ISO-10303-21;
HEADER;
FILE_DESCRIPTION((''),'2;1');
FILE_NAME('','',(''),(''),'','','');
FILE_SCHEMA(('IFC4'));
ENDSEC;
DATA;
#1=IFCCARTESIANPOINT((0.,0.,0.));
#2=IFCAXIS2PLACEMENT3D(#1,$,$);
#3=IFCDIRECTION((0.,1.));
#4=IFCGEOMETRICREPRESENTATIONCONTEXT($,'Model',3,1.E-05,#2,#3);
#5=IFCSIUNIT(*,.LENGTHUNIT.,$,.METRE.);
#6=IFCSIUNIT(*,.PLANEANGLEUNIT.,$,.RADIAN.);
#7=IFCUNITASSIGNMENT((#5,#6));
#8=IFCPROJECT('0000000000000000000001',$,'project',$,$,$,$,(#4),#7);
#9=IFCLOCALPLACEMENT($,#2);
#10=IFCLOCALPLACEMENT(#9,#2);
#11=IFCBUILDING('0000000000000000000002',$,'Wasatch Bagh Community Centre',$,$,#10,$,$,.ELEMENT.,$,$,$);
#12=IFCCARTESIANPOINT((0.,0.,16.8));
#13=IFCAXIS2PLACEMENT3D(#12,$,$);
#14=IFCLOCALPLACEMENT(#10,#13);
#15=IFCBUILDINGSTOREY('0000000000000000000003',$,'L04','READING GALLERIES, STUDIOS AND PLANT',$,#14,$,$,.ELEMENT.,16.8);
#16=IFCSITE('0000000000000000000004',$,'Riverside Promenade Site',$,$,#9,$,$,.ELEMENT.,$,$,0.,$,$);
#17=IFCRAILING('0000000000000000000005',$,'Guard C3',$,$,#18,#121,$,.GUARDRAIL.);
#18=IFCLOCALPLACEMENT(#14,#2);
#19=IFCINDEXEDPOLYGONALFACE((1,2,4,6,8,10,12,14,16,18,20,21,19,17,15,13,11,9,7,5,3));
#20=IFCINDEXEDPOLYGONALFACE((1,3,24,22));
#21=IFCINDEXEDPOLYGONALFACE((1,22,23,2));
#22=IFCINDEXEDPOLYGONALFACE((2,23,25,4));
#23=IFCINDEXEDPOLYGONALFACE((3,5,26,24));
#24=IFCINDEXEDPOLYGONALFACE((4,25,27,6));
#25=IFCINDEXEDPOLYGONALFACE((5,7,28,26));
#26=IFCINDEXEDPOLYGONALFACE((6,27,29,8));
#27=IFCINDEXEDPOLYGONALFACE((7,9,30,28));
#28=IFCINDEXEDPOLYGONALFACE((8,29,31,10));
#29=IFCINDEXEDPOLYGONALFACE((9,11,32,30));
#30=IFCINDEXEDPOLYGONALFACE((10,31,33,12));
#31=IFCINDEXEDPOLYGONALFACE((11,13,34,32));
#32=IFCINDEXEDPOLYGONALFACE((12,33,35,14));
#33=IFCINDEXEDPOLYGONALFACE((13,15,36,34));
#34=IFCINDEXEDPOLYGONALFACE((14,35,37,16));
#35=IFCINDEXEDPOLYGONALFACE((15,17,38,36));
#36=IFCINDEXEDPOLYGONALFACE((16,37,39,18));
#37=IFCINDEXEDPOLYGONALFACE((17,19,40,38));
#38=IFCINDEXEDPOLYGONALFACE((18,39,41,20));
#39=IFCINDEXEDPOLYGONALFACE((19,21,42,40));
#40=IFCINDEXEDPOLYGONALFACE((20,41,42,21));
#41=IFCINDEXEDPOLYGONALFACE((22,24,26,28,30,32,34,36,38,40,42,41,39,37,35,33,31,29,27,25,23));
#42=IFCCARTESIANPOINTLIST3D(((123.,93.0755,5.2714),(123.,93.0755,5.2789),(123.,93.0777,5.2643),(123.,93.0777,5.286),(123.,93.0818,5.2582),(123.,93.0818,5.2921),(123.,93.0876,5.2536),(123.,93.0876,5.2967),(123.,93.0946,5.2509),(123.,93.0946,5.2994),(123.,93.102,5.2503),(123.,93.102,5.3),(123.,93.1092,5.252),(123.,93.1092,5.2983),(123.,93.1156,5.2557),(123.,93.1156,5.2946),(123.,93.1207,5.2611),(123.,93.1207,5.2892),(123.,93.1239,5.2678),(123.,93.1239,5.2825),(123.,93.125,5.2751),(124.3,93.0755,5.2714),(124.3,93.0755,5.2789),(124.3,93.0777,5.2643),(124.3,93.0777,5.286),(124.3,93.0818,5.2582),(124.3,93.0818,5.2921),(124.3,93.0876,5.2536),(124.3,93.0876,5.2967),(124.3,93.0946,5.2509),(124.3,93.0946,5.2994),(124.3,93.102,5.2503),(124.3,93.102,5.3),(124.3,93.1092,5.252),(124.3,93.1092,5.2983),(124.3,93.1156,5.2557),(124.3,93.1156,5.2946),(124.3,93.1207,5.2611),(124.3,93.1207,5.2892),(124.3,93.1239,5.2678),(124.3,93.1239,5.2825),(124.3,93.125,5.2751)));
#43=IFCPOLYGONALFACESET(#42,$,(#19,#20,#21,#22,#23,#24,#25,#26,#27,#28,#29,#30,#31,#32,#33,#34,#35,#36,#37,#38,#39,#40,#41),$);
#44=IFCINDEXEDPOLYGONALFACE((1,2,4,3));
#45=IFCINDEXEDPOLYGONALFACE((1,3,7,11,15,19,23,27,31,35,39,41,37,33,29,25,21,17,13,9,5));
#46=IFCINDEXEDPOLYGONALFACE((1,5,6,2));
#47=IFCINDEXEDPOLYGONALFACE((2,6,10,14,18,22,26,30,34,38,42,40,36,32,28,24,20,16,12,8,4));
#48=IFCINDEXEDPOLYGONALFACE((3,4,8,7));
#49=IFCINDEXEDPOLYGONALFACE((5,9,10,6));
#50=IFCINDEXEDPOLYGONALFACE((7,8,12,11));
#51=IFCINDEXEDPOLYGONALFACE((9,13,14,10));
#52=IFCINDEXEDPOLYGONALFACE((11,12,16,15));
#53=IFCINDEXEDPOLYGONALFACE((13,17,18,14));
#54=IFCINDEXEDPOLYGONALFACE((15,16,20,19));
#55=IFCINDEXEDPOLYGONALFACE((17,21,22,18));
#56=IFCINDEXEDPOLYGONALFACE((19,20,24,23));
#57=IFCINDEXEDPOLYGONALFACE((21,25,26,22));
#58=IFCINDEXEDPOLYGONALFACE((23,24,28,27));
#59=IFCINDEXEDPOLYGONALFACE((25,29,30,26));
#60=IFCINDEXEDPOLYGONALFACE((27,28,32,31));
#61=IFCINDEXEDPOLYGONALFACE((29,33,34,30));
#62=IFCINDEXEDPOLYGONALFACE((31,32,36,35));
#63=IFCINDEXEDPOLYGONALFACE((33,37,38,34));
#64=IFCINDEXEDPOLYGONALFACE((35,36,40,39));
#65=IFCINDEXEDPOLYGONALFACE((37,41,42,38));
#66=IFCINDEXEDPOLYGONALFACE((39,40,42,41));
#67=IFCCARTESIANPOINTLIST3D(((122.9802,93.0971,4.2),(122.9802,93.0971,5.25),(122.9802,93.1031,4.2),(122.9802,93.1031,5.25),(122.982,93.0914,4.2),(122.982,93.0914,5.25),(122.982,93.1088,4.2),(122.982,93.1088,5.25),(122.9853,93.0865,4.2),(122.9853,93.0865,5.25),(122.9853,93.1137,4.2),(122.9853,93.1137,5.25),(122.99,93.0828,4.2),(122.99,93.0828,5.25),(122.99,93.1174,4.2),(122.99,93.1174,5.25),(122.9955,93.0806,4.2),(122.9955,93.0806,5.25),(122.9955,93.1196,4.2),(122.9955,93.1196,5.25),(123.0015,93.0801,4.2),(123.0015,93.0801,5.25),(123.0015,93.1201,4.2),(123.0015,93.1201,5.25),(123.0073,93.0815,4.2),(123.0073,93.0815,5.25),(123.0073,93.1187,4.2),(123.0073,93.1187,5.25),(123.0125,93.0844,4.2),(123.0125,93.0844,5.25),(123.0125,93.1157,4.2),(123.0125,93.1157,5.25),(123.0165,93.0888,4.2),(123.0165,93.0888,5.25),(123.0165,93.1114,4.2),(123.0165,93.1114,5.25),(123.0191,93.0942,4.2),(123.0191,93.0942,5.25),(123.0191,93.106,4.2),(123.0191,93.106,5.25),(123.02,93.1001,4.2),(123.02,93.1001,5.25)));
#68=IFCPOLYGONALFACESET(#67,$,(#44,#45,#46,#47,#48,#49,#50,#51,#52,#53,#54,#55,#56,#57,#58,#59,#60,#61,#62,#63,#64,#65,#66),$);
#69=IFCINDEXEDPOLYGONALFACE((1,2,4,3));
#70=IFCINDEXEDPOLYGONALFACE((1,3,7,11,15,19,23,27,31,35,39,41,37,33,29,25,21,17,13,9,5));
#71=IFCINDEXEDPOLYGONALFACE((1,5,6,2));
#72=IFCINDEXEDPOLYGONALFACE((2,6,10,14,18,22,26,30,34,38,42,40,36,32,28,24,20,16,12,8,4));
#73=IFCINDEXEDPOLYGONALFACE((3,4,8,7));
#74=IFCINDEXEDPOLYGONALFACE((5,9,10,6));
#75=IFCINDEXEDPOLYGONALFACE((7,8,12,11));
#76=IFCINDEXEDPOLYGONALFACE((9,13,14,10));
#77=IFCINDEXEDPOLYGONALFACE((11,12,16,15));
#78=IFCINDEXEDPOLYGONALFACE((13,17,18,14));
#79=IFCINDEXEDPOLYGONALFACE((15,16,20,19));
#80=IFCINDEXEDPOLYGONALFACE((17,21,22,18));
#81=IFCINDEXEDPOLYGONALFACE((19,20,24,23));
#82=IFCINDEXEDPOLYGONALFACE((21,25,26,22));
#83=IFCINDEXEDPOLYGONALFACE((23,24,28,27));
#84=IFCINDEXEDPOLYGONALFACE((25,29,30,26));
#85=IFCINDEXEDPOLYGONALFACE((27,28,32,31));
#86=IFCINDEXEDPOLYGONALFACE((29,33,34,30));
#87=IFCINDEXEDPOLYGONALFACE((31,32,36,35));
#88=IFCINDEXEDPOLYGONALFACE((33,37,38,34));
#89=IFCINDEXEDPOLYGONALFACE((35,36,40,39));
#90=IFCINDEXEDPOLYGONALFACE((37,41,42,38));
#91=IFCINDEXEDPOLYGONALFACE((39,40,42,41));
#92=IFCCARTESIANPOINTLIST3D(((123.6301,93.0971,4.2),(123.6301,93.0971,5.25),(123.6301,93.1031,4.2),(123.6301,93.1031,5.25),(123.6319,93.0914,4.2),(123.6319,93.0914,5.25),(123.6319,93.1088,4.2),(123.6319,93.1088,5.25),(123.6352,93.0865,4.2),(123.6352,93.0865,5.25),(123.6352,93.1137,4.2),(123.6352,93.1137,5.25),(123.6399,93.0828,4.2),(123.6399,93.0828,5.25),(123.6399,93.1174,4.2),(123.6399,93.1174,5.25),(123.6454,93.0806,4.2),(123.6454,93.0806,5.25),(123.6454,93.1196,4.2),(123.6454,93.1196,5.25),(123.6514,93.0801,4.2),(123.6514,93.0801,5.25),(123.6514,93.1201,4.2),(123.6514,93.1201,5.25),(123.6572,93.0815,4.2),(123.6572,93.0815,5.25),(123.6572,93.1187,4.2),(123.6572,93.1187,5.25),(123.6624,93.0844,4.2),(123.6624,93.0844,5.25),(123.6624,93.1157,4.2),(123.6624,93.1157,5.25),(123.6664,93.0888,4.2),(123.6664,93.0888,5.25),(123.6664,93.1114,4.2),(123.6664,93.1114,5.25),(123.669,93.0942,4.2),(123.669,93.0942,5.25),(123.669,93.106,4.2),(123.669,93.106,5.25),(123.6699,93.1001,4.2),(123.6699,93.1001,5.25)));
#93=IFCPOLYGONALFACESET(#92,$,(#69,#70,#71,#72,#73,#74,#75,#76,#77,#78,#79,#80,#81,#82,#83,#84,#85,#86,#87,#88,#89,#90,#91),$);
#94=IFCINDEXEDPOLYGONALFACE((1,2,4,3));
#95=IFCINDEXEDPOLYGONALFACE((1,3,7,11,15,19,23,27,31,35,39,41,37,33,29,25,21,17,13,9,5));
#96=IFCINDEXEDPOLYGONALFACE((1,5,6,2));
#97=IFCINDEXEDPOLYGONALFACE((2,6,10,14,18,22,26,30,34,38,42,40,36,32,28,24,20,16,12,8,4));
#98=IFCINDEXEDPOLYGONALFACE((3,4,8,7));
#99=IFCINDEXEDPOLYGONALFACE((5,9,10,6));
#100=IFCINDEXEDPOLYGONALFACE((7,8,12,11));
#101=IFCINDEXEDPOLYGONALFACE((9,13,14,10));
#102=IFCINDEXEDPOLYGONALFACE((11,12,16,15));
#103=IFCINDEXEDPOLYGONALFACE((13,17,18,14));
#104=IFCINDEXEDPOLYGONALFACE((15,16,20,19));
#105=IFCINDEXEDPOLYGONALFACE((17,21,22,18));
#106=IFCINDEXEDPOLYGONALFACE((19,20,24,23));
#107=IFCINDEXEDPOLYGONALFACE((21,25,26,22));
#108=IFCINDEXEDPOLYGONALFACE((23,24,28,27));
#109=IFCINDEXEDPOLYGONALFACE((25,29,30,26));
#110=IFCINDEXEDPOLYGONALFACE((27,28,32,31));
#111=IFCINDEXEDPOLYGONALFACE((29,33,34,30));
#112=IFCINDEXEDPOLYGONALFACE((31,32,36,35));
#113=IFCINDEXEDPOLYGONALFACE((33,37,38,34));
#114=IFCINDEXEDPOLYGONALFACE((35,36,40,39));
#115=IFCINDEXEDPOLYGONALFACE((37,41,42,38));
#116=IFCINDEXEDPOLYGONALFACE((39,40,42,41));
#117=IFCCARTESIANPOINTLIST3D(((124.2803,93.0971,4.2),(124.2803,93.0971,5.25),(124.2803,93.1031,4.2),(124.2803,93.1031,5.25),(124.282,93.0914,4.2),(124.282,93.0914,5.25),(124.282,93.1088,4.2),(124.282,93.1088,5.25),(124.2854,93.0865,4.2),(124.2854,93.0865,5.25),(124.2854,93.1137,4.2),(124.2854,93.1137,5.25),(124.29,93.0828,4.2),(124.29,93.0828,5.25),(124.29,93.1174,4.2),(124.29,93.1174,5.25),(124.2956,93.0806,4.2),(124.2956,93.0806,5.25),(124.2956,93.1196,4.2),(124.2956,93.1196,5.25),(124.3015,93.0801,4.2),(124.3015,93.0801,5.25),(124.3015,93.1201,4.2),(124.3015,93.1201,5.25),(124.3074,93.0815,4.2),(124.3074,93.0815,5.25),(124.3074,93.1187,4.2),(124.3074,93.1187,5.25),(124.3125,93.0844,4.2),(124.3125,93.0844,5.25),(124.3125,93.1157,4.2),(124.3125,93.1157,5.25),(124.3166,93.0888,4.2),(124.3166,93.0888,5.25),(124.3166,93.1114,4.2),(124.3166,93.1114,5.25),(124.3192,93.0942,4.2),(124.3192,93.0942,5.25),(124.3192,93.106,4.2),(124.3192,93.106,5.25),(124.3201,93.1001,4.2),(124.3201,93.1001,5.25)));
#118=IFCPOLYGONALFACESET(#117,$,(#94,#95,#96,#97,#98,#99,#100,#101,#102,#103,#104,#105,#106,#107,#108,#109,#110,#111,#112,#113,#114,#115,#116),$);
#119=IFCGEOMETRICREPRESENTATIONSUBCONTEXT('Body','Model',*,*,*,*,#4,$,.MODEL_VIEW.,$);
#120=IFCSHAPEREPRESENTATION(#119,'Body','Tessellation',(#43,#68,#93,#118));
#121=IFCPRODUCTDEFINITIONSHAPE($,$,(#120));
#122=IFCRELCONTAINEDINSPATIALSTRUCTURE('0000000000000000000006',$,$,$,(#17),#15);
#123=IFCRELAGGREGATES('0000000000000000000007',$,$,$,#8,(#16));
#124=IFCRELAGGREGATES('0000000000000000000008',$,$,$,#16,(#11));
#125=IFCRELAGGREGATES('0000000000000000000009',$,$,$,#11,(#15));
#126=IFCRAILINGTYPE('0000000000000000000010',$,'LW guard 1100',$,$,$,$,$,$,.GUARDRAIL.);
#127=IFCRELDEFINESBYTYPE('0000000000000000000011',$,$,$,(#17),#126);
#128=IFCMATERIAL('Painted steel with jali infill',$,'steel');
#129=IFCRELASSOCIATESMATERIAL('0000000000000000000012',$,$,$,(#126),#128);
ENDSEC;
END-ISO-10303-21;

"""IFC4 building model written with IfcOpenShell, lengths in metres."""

from ifc_helpers import new_model, si_unit, direction, frame, origin, origin_2d, place, context, subcontext, project, spatial, circle, extrude, material, type_object, element, save


model = new_model("IFC4")

# Units and contexts
model_context = context("Model", 3, precision=1e-05, world=origin(), true_north=direction((0.0, 1.0)))
body_context = subcontext(model_context, "Body", "Model", "MODEL_VIEW")
ifc_project = project(units=[si_unit("LENGTHUNIT", "METRE"), si_unit("PLANEANGLEUNIT", "RADIAN")], contexts=[model_context])

# Site, building, storey
site_placement = place(None, origin())
site = spatial("IfcSite", under=ifc_project, at=site_placement, Name="Riverside Promenade Site", CompositionType="ELEMENT", RefElevation=0.0)
building_placement = place(site_placement, origin())
building = spatial("IfcBuilding", under=site, at=building_placement, Name="Wasatch Bagh Community Centre", CompositionType="ELEMENT")
storey_placement = place(building_placement, frame((0.0, 0.0, 16.8)))
storey = spatial("IfcBuildingStorey", under=building, at=storey_placement, Name="L04", Description="READING GALLERIES, STUDIOS AND PLANT", CompositionType="ELEMENT", Elevation=16.8)

# Railing
ifc_material_1 = material(Name="Painted steel with jali infill", Category="steel")
railing_type_1 = type_object("IfcRailingType", Name="LW guard 1100", PredefinedType="GUARDRAIL", material=ifc_material_1)
railing_1_placement = place(storey_placement, frame((123.0, 93.1001, 4.2)))
element("IfcRailing", 1, at=railing_1_placement, inside=storey, type_object=railing_type_1, Name="Guard C3", PredefinedType="GUARDRAIL", context=body_context, shape_type="SweptSolid", body=[
    extrude(circle(Radius=0.0249, at=origin_2d()), frame((0.0, 0.0, 1.0752), z_axis=(1.0, 0.0, 0.0), x_axis=(0.0, 1.0, 0.0)), (0.0, 0.0, 1.0), 1.3),
    extrude(circle(Radius=0.02, at=origin_2d()), origin(), (0.0, 0.0, 1.0), 1.05),
    extrude(circle(Radius=0.02, at=origin_2d()), frame((0.6499, 0.0, 0.0)), (0.0, 0.0, 1.0), 1.05),
    extrude(circle(Radius=0.02, at=origin_2d()), frame((1.3, 0.0, 0.0)), (0.0, 0.0, 1.0), 1.05),
])

save(model, "model.ifc")
